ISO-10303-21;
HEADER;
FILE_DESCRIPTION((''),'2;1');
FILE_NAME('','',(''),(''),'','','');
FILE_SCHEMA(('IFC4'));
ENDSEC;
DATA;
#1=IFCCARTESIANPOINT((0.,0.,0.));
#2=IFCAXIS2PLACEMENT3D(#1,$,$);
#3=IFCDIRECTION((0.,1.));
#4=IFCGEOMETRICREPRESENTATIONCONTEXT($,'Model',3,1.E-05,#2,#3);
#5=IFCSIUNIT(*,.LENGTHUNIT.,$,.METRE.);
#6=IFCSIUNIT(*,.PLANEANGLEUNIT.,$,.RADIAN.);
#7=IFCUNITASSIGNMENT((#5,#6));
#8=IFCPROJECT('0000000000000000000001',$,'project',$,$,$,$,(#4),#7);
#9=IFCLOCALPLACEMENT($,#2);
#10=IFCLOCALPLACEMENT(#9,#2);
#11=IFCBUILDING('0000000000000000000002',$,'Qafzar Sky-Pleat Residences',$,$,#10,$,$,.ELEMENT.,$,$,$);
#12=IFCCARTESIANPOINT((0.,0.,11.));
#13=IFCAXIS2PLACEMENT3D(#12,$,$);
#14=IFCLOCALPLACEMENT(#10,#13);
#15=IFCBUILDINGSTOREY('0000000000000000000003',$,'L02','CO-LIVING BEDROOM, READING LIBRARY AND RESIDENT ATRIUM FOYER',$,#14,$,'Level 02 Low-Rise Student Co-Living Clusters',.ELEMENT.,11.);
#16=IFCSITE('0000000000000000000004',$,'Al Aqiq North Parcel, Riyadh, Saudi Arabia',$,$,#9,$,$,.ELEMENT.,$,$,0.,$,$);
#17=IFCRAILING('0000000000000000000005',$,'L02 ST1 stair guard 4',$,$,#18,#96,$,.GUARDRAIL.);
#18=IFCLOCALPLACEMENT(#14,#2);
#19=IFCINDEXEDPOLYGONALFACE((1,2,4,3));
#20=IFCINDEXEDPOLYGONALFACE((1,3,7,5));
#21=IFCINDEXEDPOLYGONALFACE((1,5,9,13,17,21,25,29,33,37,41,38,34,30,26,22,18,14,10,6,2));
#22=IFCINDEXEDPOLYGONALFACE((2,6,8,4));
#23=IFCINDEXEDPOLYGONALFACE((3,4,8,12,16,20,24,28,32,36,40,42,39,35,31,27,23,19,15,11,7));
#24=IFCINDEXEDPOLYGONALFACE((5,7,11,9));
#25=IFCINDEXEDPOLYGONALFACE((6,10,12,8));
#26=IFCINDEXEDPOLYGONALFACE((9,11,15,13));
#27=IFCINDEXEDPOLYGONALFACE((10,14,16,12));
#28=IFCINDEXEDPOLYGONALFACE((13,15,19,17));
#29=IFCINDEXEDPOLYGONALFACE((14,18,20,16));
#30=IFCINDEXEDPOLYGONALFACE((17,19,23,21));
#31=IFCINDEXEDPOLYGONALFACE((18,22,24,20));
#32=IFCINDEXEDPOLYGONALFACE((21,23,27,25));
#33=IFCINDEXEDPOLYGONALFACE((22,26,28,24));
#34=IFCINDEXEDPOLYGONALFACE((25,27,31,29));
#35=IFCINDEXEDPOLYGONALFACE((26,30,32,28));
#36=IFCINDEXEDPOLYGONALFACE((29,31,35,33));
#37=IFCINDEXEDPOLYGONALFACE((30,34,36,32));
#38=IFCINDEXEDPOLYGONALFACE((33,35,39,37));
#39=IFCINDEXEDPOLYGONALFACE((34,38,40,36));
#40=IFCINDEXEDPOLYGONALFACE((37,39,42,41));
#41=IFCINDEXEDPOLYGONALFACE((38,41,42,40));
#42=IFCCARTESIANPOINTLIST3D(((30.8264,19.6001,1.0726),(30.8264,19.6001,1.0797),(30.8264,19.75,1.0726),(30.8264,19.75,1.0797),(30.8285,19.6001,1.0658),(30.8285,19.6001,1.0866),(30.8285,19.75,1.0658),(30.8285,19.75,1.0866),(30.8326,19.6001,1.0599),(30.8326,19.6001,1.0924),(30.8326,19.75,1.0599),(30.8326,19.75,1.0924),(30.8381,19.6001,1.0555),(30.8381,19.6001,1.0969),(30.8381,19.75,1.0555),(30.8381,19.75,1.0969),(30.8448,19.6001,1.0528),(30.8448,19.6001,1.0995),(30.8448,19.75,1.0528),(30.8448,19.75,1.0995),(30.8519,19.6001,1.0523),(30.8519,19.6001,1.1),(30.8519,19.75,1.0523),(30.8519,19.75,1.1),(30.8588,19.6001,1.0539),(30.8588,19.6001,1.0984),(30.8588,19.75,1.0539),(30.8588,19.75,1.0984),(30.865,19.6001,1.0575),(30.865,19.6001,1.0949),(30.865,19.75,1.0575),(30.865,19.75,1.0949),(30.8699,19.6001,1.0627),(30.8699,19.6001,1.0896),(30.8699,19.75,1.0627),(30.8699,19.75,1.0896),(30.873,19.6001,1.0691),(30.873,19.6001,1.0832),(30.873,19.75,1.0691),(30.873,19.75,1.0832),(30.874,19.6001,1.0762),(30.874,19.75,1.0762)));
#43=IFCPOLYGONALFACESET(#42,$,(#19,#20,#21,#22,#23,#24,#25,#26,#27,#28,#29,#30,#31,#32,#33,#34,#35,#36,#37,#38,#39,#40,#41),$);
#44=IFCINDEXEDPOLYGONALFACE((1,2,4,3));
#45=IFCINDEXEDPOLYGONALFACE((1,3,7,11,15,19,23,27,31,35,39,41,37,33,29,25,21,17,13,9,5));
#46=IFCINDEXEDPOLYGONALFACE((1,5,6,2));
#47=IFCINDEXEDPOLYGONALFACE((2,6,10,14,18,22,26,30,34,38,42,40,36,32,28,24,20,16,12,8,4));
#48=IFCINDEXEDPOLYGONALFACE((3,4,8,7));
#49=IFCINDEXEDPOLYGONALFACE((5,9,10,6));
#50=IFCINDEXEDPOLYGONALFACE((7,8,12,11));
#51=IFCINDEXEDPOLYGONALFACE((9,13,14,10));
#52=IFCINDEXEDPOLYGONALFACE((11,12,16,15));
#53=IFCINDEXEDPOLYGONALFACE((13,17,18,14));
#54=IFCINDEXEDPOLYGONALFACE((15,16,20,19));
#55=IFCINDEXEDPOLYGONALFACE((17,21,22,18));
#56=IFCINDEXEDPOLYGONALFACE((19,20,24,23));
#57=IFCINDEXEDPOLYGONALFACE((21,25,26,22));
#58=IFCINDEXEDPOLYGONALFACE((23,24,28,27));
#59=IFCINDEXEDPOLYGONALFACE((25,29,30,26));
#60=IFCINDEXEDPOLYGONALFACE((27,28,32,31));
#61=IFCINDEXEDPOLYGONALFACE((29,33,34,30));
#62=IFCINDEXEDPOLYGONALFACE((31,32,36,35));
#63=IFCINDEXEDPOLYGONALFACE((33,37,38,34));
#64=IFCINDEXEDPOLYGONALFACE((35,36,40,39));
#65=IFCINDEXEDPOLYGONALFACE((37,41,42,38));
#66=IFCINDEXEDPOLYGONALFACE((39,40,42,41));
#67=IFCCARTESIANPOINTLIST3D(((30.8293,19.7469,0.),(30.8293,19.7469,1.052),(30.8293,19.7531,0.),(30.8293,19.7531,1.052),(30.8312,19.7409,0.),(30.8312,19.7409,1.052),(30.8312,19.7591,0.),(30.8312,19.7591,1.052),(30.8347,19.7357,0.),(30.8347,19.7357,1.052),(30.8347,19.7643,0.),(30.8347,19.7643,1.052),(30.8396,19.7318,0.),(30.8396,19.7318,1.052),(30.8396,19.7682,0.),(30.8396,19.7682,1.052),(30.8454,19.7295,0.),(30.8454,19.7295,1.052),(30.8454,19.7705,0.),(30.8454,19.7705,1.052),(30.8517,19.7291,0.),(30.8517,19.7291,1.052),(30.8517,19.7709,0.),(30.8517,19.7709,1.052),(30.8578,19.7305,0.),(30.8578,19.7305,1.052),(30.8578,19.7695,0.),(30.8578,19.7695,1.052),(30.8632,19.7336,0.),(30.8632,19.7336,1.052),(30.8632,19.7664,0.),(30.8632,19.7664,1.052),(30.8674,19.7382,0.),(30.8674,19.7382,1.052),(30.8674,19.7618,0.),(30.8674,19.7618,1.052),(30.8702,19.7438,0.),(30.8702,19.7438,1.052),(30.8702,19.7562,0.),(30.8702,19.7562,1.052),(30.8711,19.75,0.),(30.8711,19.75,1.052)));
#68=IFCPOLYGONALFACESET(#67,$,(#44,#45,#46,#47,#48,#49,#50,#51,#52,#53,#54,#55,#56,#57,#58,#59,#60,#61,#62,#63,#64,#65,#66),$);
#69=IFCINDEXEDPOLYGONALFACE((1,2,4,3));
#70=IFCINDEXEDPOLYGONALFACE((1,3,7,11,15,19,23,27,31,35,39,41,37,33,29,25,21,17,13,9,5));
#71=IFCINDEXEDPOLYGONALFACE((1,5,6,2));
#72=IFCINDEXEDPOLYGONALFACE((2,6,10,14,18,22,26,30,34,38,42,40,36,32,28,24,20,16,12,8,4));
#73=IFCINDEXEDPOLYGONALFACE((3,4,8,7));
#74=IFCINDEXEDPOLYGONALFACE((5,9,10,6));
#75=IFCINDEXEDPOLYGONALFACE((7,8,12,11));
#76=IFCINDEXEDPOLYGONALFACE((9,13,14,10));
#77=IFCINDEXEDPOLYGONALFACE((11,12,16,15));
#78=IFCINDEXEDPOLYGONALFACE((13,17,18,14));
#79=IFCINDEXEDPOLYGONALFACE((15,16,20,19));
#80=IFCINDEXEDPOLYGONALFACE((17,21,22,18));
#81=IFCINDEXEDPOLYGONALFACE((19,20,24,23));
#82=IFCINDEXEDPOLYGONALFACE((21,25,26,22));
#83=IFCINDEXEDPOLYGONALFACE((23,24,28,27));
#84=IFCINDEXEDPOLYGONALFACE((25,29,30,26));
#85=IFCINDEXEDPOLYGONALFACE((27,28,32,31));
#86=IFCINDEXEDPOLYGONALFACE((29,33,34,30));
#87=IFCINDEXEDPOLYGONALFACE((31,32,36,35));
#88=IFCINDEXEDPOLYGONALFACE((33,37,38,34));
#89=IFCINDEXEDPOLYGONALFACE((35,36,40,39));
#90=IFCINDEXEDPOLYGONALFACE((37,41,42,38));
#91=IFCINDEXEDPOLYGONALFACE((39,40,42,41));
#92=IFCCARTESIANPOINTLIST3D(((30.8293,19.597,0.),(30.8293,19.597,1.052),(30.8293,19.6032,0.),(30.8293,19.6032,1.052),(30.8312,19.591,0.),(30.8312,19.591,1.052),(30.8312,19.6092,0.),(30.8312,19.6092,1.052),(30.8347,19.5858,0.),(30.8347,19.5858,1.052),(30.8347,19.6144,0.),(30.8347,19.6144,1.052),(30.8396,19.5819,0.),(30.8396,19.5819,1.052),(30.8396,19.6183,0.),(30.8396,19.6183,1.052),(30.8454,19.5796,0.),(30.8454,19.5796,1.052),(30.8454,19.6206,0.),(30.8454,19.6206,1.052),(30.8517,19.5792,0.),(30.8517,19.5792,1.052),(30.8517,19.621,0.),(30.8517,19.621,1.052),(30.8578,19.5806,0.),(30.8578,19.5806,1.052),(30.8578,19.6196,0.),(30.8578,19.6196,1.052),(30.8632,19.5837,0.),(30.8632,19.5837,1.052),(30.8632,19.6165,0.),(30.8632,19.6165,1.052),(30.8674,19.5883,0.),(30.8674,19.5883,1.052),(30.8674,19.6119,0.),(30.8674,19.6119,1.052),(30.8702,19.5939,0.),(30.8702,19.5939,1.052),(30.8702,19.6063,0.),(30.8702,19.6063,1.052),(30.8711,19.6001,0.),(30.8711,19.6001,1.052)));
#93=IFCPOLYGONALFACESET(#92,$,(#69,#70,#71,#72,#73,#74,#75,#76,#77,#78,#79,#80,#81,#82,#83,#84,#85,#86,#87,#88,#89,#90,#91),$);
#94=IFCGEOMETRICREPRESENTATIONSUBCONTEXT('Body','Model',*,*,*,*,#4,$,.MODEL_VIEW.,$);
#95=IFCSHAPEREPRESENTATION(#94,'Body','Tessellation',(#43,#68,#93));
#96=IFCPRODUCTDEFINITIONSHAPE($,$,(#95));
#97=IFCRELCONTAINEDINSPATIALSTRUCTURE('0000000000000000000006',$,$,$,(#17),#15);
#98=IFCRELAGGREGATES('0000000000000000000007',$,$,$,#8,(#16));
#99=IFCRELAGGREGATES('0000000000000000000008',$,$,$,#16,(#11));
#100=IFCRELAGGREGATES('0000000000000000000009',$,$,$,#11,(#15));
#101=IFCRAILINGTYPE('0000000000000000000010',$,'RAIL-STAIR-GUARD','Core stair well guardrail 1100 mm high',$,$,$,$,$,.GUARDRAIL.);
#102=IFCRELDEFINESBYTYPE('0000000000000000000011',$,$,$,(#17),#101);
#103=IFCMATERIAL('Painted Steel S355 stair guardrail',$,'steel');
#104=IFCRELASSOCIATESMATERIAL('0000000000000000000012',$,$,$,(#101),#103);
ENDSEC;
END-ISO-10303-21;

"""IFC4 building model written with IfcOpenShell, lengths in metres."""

from ifc_helpers import new_model, si_unit, direction, frame, origin, origin_2d, place, context, subcontext, project, spatial, circle, extrude, source, transform, mapped, material, type_object, element, save


model = new_model("IFC4")

# Units and contexts
model_context = context("Model", 3, precision=1e-05, world=origin(), true_north=direction((0.0, 1.0)))
body_context = subcontext(model_context, "Body", "Model", "MODEL_VIEW")
ifc_project = project(units=[si_unit("LENGTHUNIT", "METRE"), si_unit("PLANEANGLEUNIT", "RADIAN")], contexts=[model_context])

# Site, building, storey
site_placement = place(None, origin())
site = spatial("IfcSite", under=ifc_project, at=site_placement, Name="Al Aqiq North Parcel, Riyadh, Saudi Arabia", CompositionType="ELEMENT", RefElevation=0.0)
building_placement = place(site_placement, origin())
building = spatial("IfcBuilding", under=site, at=building_placement, Name="Qafzar Sky-Pleat Residences", CompositionType="ELEMENT")
storey_placement = place(building_placement, frame((0.0, 0.0, 11.0)))
storey = spatial("IfcBuildingStorey", under=building, at=storey_placement, Name="L02", Description="CO-LIVING BEDROOM, READING LIBRARY AND RESIDENT ATRIUM FOYER", LongName="Level 02 Low-Rise Student Co-Living Clusters", CompositionType="ELEMENT", Elevation=11.0)

# Railing
ifc_material_1 = material(Name="Painted Steel S355 stair guardrail", Category="steel")
railing_type_1 = type_object("IfcRailingType", Name="RAIL-STAIR-GUARD", Description="Core stair well guardrail 1100 mm high", PredefinedType="GUARDRAIL", material=ifc_material_1)
shared_shape_1 = source(origin(), body_context, "Body", "SweptSolid", [
    extrude(circle(Radius=0.0239, at=origin_2d()), frame((0.0, 0.0, 1.0762), z_axis=(0.0, -1.0, 0.0), x_axis=(1.0, 0.0, 0.0)), (0.0, 0.0, 1.0), 0.1499),
    extrude(circle(Radius=0.021, at=origin_2d()), origin(), (0.0, 0.0, 1.0), 1.052),
    extrude(circle(Radius=0.021, at=origin_2d()), frame((0.0, -0.1499, 0.0)), (0.0, 0.0, 1.0), 1.052),
])
for number, where, name in (
    (1, (30.8501, 19.75, 0.0), "L02 ST1 stair guard 4"),
):
    element("IfcRailing", number, at=place(storey_placement, frame(where)), inside=storey, type_object=railing_type_1, Name=name, PredefinedType="GUARDRAIL", context=body_context, shape_type="MappedRepresentation", body=[
        mapped(shared_shape_1, transform((0.0, 0.0, 0.0), x_axis=(1.0, 0.0, 0.0), y_axis=(0.0, 1.0, 0.0), z_axis=(0.0, 0.0, 1.0), scale=1.0)),
    ])

save(model, "model.ifc")
